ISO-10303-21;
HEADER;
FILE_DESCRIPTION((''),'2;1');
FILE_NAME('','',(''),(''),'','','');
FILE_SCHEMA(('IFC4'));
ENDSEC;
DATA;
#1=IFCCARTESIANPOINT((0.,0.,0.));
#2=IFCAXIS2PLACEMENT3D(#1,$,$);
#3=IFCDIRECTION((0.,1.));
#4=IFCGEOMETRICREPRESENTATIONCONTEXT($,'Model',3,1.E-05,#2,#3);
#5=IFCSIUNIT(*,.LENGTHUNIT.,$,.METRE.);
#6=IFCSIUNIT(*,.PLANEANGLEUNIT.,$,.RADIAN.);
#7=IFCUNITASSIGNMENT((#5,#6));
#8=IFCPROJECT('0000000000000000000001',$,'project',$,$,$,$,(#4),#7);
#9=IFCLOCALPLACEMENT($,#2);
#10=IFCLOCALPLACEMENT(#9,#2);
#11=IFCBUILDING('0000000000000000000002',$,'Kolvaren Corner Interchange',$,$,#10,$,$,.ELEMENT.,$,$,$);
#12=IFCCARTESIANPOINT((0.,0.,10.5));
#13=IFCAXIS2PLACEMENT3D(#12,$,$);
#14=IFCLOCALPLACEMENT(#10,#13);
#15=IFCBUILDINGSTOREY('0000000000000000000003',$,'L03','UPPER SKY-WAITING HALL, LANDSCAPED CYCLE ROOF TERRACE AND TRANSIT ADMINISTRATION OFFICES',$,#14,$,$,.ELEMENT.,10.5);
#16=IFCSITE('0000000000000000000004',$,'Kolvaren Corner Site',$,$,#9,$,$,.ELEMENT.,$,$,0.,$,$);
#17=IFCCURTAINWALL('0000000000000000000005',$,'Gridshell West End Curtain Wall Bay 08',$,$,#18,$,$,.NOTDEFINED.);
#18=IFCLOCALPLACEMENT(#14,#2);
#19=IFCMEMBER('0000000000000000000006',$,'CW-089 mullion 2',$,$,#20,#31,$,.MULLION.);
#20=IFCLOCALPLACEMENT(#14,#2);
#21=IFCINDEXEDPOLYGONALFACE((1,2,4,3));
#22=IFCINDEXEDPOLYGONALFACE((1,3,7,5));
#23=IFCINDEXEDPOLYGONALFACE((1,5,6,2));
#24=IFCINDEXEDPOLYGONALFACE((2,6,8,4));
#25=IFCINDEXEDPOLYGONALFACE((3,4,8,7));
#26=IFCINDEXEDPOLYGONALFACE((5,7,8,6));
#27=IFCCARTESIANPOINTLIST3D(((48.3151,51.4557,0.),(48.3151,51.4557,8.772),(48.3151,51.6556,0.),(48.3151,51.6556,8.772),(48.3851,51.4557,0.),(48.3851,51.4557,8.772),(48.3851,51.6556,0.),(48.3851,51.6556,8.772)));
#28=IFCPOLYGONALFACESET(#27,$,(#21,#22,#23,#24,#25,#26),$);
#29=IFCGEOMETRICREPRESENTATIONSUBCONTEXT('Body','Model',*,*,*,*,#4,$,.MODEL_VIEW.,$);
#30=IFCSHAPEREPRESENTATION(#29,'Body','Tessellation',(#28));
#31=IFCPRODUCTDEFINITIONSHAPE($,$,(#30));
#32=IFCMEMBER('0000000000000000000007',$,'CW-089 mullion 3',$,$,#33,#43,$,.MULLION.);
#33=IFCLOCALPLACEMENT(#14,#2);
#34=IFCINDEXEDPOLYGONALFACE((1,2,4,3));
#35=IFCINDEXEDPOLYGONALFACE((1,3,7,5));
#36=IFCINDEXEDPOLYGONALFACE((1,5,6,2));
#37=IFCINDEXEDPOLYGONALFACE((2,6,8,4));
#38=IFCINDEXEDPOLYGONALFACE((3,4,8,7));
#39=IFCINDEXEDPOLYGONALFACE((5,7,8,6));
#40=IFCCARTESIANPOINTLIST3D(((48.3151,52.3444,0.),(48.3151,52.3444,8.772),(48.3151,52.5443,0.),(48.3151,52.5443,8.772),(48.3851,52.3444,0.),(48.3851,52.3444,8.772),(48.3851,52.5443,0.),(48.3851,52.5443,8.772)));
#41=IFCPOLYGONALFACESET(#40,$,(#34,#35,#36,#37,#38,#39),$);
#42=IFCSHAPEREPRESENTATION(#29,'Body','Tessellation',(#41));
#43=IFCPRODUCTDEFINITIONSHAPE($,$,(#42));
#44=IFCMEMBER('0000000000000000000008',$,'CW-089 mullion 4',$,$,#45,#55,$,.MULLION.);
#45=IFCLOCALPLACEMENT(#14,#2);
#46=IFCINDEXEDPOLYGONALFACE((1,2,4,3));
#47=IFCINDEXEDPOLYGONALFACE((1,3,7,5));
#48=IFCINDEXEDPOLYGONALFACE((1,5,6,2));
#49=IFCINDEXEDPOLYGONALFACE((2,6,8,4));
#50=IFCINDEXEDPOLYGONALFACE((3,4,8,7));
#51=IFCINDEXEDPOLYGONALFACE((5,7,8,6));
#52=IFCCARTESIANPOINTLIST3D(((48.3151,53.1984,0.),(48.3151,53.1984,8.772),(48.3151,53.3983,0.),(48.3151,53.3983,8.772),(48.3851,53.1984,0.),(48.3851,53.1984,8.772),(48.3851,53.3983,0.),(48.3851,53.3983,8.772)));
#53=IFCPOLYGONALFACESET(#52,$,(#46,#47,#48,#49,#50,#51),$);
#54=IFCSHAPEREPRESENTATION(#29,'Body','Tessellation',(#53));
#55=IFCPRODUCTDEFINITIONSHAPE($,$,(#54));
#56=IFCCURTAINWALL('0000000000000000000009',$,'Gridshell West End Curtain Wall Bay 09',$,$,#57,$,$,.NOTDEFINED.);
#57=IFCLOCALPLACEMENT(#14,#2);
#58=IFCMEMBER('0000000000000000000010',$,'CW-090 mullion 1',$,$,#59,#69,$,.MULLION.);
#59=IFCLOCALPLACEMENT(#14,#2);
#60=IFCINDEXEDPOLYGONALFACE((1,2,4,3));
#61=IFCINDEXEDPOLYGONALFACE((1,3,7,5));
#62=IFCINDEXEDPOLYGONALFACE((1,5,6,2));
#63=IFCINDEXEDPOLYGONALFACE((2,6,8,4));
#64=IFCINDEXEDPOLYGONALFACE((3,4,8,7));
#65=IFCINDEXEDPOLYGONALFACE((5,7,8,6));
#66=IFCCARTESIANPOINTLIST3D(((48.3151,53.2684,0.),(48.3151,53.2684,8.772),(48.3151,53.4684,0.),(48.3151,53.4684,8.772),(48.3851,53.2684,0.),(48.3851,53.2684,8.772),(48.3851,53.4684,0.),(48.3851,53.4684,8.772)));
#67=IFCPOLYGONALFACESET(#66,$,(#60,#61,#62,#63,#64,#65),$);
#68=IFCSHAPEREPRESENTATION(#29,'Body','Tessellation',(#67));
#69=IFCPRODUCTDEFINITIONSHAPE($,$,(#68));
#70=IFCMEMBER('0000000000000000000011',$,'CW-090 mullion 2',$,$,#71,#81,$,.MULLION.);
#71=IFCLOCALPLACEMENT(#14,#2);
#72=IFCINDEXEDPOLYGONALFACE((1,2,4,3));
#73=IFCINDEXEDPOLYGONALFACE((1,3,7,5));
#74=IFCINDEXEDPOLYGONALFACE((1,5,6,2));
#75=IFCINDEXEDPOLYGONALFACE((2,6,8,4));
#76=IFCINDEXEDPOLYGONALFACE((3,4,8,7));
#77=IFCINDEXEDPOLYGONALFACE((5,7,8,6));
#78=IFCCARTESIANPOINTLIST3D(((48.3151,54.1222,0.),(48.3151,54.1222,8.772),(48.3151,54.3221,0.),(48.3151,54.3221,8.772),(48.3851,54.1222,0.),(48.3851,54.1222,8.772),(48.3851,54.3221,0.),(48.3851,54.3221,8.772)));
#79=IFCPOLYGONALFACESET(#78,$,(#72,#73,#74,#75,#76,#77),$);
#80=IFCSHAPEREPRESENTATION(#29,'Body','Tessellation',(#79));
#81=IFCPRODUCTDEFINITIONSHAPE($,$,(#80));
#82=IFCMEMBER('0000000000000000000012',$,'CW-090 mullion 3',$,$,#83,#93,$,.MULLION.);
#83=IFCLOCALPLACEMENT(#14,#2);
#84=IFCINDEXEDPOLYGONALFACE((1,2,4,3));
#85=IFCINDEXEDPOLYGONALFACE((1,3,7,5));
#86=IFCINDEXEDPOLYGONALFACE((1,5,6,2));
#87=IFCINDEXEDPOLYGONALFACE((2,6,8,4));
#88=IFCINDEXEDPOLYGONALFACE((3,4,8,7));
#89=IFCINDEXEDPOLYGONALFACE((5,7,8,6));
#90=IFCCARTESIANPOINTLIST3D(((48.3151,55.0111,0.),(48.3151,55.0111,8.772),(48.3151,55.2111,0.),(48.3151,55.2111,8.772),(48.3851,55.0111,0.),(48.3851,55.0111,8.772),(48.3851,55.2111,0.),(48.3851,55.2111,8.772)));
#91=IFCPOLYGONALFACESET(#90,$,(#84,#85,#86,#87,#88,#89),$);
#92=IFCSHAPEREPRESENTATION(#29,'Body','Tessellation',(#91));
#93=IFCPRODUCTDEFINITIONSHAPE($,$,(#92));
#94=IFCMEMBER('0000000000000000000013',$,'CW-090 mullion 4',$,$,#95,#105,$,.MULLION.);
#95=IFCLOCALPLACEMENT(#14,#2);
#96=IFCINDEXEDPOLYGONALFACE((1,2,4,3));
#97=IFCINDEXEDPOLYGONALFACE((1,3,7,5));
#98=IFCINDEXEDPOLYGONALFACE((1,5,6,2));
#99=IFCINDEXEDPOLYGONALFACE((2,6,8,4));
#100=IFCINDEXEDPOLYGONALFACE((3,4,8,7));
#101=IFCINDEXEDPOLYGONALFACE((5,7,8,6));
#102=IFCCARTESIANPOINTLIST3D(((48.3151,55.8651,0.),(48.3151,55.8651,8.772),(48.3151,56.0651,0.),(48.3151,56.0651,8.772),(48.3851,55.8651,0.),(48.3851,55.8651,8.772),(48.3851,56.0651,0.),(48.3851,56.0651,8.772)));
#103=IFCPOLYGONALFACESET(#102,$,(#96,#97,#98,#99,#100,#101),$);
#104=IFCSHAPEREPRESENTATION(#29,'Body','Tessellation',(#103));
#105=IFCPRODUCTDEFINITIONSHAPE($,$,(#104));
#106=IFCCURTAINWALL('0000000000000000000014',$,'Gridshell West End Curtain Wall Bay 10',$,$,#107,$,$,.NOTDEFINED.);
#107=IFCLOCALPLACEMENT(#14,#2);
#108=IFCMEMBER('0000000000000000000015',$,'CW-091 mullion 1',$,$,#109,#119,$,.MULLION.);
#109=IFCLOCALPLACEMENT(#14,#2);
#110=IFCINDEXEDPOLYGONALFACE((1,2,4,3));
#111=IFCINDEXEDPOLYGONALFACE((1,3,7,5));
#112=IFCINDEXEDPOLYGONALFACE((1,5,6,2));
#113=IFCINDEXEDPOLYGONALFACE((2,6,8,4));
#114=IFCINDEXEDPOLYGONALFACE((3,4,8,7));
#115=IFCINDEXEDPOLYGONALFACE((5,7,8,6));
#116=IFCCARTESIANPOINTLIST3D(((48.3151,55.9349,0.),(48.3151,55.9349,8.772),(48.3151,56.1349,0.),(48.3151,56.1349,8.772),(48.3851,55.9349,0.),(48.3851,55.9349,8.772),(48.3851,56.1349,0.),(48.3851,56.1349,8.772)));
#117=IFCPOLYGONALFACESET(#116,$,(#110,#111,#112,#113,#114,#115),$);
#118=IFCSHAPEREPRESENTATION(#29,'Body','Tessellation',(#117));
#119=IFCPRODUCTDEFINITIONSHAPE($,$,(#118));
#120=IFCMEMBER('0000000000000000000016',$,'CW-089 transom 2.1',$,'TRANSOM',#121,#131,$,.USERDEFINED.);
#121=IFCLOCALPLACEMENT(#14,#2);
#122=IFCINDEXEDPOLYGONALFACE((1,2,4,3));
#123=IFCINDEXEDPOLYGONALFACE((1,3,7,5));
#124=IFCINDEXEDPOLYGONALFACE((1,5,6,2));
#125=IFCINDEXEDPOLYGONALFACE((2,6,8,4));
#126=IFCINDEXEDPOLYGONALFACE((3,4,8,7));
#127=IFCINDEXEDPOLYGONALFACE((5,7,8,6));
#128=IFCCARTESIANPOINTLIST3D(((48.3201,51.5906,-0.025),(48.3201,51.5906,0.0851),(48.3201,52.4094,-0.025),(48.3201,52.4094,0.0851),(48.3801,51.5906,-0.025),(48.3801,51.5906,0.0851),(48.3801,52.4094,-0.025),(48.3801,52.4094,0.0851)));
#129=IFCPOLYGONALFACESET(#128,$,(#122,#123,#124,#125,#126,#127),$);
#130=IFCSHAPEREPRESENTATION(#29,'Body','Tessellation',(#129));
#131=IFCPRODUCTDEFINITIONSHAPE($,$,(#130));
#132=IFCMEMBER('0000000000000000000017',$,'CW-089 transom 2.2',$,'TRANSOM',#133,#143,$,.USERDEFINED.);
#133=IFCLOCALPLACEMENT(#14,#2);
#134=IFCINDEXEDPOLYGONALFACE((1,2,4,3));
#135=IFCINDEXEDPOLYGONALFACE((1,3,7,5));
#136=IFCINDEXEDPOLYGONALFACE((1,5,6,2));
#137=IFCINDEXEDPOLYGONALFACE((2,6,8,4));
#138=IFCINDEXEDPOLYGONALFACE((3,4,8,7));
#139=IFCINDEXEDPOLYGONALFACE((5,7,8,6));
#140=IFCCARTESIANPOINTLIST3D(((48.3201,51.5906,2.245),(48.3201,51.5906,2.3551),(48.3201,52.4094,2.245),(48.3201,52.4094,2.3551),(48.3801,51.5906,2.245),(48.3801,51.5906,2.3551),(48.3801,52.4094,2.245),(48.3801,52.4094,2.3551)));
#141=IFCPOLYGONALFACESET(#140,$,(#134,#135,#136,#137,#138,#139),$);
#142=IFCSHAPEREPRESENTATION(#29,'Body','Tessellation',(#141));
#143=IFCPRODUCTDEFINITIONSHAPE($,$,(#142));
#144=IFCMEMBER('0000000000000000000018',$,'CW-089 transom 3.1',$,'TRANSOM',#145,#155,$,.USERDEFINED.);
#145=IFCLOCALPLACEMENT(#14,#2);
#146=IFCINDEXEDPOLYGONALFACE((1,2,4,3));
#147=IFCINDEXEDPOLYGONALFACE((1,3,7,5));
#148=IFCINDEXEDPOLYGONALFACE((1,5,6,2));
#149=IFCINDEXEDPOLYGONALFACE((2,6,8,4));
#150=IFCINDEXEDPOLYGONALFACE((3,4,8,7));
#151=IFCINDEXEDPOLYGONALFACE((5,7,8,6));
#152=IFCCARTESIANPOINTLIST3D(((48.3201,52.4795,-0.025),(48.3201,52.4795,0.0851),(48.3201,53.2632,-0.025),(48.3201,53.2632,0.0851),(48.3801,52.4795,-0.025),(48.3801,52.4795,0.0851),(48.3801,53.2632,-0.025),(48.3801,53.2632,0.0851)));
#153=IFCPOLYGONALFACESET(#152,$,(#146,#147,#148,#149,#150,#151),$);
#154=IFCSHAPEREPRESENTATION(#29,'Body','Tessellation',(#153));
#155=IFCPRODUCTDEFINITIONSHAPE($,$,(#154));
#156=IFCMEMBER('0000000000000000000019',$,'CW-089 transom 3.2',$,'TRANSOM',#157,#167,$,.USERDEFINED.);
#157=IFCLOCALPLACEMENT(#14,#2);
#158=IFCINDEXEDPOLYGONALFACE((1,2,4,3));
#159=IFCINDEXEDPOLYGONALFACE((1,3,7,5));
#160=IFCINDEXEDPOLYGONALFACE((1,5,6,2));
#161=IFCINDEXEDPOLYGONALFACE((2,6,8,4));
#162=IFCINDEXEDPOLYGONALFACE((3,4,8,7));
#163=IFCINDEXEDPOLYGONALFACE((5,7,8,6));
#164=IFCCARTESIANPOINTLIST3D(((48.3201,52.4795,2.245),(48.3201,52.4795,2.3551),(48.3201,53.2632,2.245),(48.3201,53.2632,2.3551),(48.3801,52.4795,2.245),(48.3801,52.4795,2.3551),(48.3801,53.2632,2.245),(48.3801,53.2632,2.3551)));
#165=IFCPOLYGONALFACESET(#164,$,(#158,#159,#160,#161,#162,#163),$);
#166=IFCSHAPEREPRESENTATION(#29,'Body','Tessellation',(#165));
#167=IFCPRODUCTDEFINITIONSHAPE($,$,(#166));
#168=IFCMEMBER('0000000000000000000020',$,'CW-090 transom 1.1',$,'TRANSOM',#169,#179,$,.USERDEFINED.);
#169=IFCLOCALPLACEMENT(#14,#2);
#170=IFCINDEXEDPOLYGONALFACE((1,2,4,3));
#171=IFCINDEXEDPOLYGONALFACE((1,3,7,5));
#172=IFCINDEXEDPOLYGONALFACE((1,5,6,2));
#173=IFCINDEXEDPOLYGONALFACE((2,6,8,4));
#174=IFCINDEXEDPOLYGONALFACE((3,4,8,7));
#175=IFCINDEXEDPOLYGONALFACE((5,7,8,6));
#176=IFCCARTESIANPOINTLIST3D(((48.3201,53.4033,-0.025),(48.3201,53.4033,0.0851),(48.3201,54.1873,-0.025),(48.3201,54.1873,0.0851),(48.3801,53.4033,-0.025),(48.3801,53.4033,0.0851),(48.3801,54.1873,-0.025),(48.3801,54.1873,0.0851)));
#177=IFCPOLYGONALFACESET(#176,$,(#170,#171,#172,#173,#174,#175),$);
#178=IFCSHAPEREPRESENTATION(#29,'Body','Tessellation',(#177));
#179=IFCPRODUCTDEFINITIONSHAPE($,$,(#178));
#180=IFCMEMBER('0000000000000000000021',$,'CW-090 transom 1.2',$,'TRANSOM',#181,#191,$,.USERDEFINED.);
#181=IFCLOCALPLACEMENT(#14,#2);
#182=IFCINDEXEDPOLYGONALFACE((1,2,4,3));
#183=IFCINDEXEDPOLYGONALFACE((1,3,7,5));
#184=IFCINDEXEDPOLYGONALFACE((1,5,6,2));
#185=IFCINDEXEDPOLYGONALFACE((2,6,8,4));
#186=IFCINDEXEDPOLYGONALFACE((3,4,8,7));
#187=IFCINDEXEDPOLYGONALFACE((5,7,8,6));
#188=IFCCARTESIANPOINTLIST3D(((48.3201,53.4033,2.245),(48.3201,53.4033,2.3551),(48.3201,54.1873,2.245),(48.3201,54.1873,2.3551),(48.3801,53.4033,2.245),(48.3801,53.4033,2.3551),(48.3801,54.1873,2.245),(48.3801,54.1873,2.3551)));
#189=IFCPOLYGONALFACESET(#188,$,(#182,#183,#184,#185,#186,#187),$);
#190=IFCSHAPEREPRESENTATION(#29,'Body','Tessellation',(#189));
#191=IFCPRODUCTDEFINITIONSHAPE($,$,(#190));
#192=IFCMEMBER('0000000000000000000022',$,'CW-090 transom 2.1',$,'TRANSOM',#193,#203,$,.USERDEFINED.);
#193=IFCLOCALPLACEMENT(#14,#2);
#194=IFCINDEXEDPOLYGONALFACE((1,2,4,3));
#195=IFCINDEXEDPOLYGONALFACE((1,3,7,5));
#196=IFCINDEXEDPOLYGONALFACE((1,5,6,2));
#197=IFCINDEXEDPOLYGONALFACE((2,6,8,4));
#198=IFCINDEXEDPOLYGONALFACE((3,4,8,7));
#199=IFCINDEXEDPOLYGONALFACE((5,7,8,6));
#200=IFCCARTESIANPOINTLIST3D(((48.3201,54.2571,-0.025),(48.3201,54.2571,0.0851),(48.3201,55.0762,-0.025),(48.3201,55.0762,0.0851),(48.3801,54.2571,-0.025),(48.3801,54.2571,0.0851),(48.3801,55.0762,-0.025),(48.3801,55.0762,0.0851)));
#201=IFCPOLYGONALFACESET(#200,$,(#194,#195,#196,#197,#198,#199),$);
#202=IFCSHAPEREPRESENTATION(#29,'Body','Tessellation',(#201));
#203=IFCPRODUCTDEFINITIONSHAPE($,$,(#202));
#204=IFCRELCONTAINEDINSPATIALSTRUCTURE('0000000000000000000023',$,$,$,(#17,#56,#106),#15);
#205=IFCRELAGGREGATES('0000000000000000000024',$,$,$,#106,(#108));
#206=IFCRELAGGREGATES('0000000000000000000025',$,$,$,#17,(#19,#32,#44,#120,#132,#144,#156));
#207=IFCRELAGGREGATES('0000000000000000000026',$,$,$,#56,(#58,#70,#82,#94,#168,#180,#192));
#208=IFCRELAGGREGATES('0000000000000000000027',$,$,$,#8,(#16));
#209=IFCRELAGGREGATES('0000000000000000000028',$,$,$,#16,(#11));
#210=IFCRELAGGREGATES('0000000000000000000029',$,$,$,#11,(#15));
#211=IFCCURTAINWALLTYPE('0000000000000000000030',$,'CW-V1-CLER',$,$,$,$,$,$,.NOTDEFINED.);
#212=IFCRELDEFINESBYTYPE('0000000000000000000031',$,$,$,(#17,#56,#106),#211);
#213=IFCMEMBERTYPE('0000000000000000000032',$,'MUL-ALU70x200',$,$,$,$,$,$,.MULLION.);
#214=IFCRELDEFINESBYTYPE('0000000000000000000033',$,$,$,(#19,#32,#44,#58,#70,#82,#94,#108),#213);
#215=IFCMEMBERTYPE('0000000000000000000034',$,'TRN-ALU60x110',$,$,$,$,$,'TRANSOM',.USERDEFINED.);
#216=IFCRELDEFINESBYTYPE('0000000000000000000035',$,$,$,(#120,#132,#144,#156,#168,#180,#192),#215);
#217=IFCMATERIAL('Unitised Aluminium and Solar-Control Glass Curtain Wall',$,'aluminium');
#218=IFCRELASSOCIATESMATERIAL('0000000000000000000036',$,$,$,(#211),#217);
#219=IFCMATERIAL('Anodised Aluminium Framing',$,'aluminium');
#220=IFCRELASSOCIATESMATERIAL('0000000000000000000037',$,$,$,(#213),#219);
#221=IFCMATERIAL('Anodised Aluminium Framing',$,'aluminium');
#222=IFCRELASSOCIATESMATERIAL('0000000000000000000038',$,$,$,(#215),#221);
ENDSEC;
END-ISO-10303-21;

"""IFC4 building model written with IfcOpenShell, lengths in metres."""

from ifc_helpers import new_model, si_unit, direction, frame, origin, origin_2d, place, context, subcontext, project, spatial, rectangle, extrude, material, material_profile, profile_set, type_object, element, aggregate, save


model = new_model("IFC4")

# Units and contexts
model_context = context("Model", 3, precision=1e-05, world=origin(), true_north=direction((0.0, 1.0)))
body_context = subcontext(model_context, "Body", "Model", "MODEL_VIEW")
ifc_project = project(units=[si_unit("LENGTHUNIT", "METRE"), si_unit("PLANEANGLEUNIT", "RADIAN")], contexts=[model_context])

# Site, building, storey
site_placement = place(None, origin())
site = spatial("IfcSite", under=ifc_project, at=site_placement, Name="Kolvaren Corner Site", CompositionType="ELEMENT", RefElevation=0.0)
building_placement = place(site_placement, origin())
building = spatial("IfcBuilding", under=site, at=building_placement, Name="Kolvaren Corner Interchange", CompositionType="ELEMENT")
storey_placement = place(building_placement, frame((0.0, 0.0, 10.5)))
storey = spatial("IfcBuildingStorey", under=building, at=storey_placement, Name="L03", Description="UPPER SKY-WAITING HALL, LANDSCAPED CYCLE ROOF TERRACE AND TRANSIT ADMINISTRATION OFFICES", CompositionType="ELEMENT", Elevation=10.5)

# Curtain walls, members
ifc_material_1 = material(Name="Unitised Aluminium and Solar-Control Glass Curtain Wall", Category="aluminium")
curtain_wall_type = type_object("IfcCurtainWallType", Name="CW-V1-CLER", PredefinedType="NOTDEFINED", material=ifc_material_1)
curtain_wall_1_placement = place(storey_placement, origin())
curtain_wall_1 = element("IfcCurtainWall", 1, at=curtain_wall_1_placement, inside=storey, type_object=curtain_wall_type, Name="Gridshell West End Curtain Wall Bay 08", PredefinedType="NOTDEFINED")
ifc_material_2 = material(Name="Anodised Aluminium Framing", Category="aluminium")
ifc_material_profile_1 = material_profile(ifc_material_2, rectangle(XDim=0.0701, YDim=0.2, at=origin_2d()), Name="ALU 70x200")
ifc_profile_set_1 = profile_set([ifc_material_profile_1], Name="Anodised Aluminium Framing")
member_type_1 = type_object("IfcMemberType", Name="MUL-ALU70x200", PredefinedType="MULLION", material=ifc_profile_set_1)
member_1_placement = place(storey_placement, frame((48.3501, 51.5557, 0.0), z_axis=(0.0, 0.0, 1.0), x_axis=(-1.0, 0.0, 0.0)))
member_1 = element("IfcMember", 2, at=member_1_placement, type_object=member_type_1, Name="CW-089 mullion 2", PredefinedType="MULLION", context=body_context, shape_type="SweptSolid", body=[
    extrude(rectangle(XDim=0.0701, YDim=0.2, at=origin_2d()), origin(), (0.0, 0.0, 1.0), 8.772),
])
member_2_placement = place(storey_placement, frame((48.3501, 52.4443, 0.0), z_axis=(0.0, 0.0, 1.0), x_axis=(-1.0, 0.0, 0.0)))
member_2 = element("IfcMember", 3, at=member_2_placement, type_object=member_type_1, Name="CW-089 mullion 3", PredefinedType="MULLION", context=body_context, shape_type="SweptSolid", body=[
    extrude(rectangle(XDim=0.0701, YDim=0.2, at=origin_2d()), origin(), (0.0, 0.0, 1.0), 8.772),
])
member_3_placement = place(storey_placement, frame((48.3501, 53.2983, 0.0), z_axis=(0.0, 0.0, 1.0), x_axis=(-1.0, 0.0, 0.0)))
member_3 = element("IfcMember", 4, at=member_3_placement, type_object=member_type_1, Name="CW-089 mullion 4", PredefinedType="MULLION", context=body_context, shape_type="SweptSolid", body=[
    extrude(rectangle(XDim=0.0701, YDim=0.2, at=origin_2d()), origin(), (0.0, 0.0, 1.0), 8.772),
])
curtain_wall_2_placement = place(storey_placement, origin())
curtain_wall_2 = element("IfcCurtainWall", 5, at=curtain_wall_2_placement, inside=storey, type_object=curtain_wall_type, Name="Gridshell West End Curtain Wall Bay 09", PredefinedType="NOTDEFINED")
member_4_placement = place(storey_placement, frame((48.3501, 53.3684, 0.0), z_axis=(0.0, 0.0, 1.0), x_axis=(-1.0, 0.0, 0.0)))
member_4 = element("IfcMember", 6, at=member_4_placement, type_object=member_type_1, Name="CW-090 mullion 1", PredefinedType="MULLION", context=body_context, shape_type="SweptSolid", body=[
    extrude(rectangle(XDim=0.0701, YDim=0.2, at=origin_2d()), origin(), (0.0, 0.0, 1.0), 8.772),
])
member_5_placement = place(storey_placement, frame((48.3501, 54.2222, 0.0), z_axis=(0.0, 0.0, 1.0), x_axis=(-1.0, 0.0, 0.0)))
member_5 = element("IfcMember", 7, at=member_5_placement, type_object=member_type_1, Name="CW-090 mullion 2", PredefinedType="MULLION", context=body_context, shape_type="SweptSolid", body=[
    extrude(rectangle(XDim=0.0701, YDim=0.2, at=origin_2d()), origin(), (0.0, 0.0, 1.0), 8.772),
])
member_6_placement = place(storey_placement, frame((48.3501, 55.1111, 0.0), z_axis=(0.0, 0.0, 1.0), x_axis=(-1.0, 0.0, 0.0)))
member_6 = element("IfcMember", 8, at=member_6_placement, type_object=member_type_1, Name="CW-090 mullion 3", PredefinedType="MULLION", context=body_context, shape_type="SweptSolid", body=[
    extrude(rectangle(XDim=0.0701, YDim=0.2, at=origin_2d()), origin(), (0.0, 0.0, 1.0), 8.772),
])
member_7_placement = place(storey_placement, frame((48.3501, 55.9651, 0.0), z_axis=(0.0, 0.0, 1.0), x_axis=(-1.0, 0.0, 0.0)))
member_7 = element("IfcMember", 9, at=member_7_placement, type_object=member_type_1, Name="CW-090 mullion 4", PredefinedType="MULLION", context=body_context, shape_type="SweptSolid", body=[
    extrude(rectangle(XDim=0.0701, YDim=0.2, at=origin_2d()), origin(), (0.0, 0.0, 1.0), 8.772),
])

# Curtain wall, member
curtain_wall_3_placement = place(storey_placement, origin())
curtain_wall_3 = element("IfcCurtainWall", 10, at=curtain_wall_3_placement, inside=storey, type_object=curtain_wall_type, Name="Gridshell West End Curtain Wall Bay 10", PredefinedType="NOTDEFINED")
member_8_placement = place(storey_placement, frame((48.3501, 56.0349, 0.0), z_axis=(0.0, 0.0, 1.0), x_axis=(-1.0, 0.0, 0.0)))
member_8 = element("IfcMember", 11, at=member_8_placement, type_object=member_type_1, Name="CW-091 mullion 1", PredefinedType="MULLION", context=body_context, shape_type="SweptSolid", body=[
    extrude(rectangle(XDim=0.0701, YDim=0.2, at=origin_2d()), origin(), (0.0, 0.0, 1.0), 8.772),
])

# Members
ifc_material_3 = material(Name="Anodised Aluminium Framing", Category="aluminium")
ifc_material_profile_2 = material_profile(ifc_material_3, rectangle(XDim=0.0601, YDim=0.1101, at=origin_2d()), Name="ALU 60x110")
ifc_profile_set_2 = profile_set([ifc_material_profile_2], Name="Anodised Aluminium Framing")
member_type_2 = type_object("IfcMemberType", Name="TRN-ALU60x110", ElementType="TRANSOM", PredefinedType="USERDEFINED", material=ifc_profile_set_2)
member_9_placement = place(storey_placement, frame((48.3501, 51.5906, 0.03), z_axis=(0.0, 1.0, 0.0), x_axis=(-1.0, 0.0, 0.0)))
member_9 = element("IfcMember", 12, at=member_9_placement, type_object=member_type_2, Name="CW-089 transom 2.1", ObjectType="TRANSOM", PredefinedType="USERDEFINED", context=body_context, shape_type="SweptSolid", body=[
    extrude(rectangle(XDim=0.0601, YDim=0.1101, at=origin_2d()), origin(), (0.0, 0.0, 1.0), 0.8188),
])
member_10_placement = place(storey_placement, frame((48.3501, 51.5906, 2.3), z_axis=(0.0, 1.0, 0.0), x_axis=(-1.0, 0.0, 0.0)))
member_10 = element("IfcMember", 13, at=member_10_placement, type_object=member_type_2, Name="CW-089 transom 2.2", ObjectType="TRANSOM", PredefinedType="USERDEFINED", context=body_context, shape_type="SweptSolid", body=[
    extrude(rectangle(XDim=0.0601, YDim=0.1101, at=origin_2d()), origin(), (0.0, 0.0, 1.0), 0.8188),
])
member_11_placement = place(storey_placement, frame((48.3501, 52.4795, 0.03), z_axis=(0.0, 1.0, 0.0), x_axis=(-1.0, 0.0, 0.0)))
member_11 = element("IfcMember", 14, at=member_11_placement, type_object=member_type_2, Name="CW-089 transom 3.1", ObjectType="TRANSOM", PredefinedType="USERDEFINED", context=body_context, shape_type="SweptSolid", body=[
    extrude(rectangle(XDim=0.0601, YDim=0.1101, at=origin_2d()), origin(), (0.0, 0.0, 1.0), 0.7837),
])
member_12_placement = place(storey_placement, frame((48.3501, 52.4795, 2.3), z_axis=(0.0, 1.0, 0.0), x_axis=(-1.0, 0.0, 0.0)))
member_12 = element("IfcMember", 15, at=member_12_placement, type_object=member_type_2, Name="CW-089 transom 3.2", ObjectType="TRANSOM", PredefinedType="USERDEFINED", context=body_context, shape_type="SweptSolid", body=[
    extrude(rectangle(XDim=0.0601, YDim=0.1101, at=origin_2d()), origin(), (0.0, 0.0, 1.0), 0.7837),
])
member_13_placement = place(storey_placement, frame((48.3501, 53.4033, 0.03), z_axis=(0.0, 1.0, 0.0), x_axis=(-1.0, 0.0, 0.0)))
member_13 = element("IfcMember", 16, at=member_13_placement, type_object=member_type_2, Name="CW-090 transom 1.1", ObjectType="TRANSOM", PredefinedType="USERDEFINED", context=body_context, shape_type="SweptSolid", body=[
    extrude(rectangle(XDim=0.0601, YDim=0.1101, at=origin_2d()), origin(), (0.0, 0.0, 1.0), 0.7839),
])
member_14_placement = place(storey_placement, frame((48.3501, 53.4033, 2.3), z_axis=(0.0, 1.0, 0.0), x_axis=(-1.0, 0.0, 0.0)))
member_14 = element("IfcMember", 17, at=member_14_placement, type_object=member_type_2, Name="CW-090 transom 1.2", ObjectType="TRANSOM", PredefinedType="USERDEFINED", context=body_context, shape_type="SweptSolid", body=[
    extrude(rectangle(XDim=0.0601, YDim=0.1101, at=origin_2d()), origin(), (0.0, 0.0, 1.0), 0.7839),
])
member_15_placement = place(storey_placement, frame((48.3501, 54.2571, 0.03), z_axis=(0.0, 1.0, 0.0), x_axis=(-1.0, 0.0, 0.0)))
member_15 = element("IfcMember", 18, at=member_15_placement, type_object=member_type_2, Name="CW-090 transom 2.1", ObjectType="TRANSOM", PredefinedType="USERDEFINED", context=body_context, shape_type="SweptSolid", body=[
    extrude(rectangle(XDim=0.0601, YDim=0.1101, at=origin_2d()), origin(), (0.0, 0.0, 1.0), 0.8191),
])
aggregate(curtain_wall_3, [member_8])

aggregate(curtain_wall_1, [member_1, member_2, member_3, member_9, member_10, member_11, member_12])
aggregate(curtain_wall_2, [member_4, member_5, member_6, member_7, member_13, member_14, member_15])

save(model, "model.ifc")
